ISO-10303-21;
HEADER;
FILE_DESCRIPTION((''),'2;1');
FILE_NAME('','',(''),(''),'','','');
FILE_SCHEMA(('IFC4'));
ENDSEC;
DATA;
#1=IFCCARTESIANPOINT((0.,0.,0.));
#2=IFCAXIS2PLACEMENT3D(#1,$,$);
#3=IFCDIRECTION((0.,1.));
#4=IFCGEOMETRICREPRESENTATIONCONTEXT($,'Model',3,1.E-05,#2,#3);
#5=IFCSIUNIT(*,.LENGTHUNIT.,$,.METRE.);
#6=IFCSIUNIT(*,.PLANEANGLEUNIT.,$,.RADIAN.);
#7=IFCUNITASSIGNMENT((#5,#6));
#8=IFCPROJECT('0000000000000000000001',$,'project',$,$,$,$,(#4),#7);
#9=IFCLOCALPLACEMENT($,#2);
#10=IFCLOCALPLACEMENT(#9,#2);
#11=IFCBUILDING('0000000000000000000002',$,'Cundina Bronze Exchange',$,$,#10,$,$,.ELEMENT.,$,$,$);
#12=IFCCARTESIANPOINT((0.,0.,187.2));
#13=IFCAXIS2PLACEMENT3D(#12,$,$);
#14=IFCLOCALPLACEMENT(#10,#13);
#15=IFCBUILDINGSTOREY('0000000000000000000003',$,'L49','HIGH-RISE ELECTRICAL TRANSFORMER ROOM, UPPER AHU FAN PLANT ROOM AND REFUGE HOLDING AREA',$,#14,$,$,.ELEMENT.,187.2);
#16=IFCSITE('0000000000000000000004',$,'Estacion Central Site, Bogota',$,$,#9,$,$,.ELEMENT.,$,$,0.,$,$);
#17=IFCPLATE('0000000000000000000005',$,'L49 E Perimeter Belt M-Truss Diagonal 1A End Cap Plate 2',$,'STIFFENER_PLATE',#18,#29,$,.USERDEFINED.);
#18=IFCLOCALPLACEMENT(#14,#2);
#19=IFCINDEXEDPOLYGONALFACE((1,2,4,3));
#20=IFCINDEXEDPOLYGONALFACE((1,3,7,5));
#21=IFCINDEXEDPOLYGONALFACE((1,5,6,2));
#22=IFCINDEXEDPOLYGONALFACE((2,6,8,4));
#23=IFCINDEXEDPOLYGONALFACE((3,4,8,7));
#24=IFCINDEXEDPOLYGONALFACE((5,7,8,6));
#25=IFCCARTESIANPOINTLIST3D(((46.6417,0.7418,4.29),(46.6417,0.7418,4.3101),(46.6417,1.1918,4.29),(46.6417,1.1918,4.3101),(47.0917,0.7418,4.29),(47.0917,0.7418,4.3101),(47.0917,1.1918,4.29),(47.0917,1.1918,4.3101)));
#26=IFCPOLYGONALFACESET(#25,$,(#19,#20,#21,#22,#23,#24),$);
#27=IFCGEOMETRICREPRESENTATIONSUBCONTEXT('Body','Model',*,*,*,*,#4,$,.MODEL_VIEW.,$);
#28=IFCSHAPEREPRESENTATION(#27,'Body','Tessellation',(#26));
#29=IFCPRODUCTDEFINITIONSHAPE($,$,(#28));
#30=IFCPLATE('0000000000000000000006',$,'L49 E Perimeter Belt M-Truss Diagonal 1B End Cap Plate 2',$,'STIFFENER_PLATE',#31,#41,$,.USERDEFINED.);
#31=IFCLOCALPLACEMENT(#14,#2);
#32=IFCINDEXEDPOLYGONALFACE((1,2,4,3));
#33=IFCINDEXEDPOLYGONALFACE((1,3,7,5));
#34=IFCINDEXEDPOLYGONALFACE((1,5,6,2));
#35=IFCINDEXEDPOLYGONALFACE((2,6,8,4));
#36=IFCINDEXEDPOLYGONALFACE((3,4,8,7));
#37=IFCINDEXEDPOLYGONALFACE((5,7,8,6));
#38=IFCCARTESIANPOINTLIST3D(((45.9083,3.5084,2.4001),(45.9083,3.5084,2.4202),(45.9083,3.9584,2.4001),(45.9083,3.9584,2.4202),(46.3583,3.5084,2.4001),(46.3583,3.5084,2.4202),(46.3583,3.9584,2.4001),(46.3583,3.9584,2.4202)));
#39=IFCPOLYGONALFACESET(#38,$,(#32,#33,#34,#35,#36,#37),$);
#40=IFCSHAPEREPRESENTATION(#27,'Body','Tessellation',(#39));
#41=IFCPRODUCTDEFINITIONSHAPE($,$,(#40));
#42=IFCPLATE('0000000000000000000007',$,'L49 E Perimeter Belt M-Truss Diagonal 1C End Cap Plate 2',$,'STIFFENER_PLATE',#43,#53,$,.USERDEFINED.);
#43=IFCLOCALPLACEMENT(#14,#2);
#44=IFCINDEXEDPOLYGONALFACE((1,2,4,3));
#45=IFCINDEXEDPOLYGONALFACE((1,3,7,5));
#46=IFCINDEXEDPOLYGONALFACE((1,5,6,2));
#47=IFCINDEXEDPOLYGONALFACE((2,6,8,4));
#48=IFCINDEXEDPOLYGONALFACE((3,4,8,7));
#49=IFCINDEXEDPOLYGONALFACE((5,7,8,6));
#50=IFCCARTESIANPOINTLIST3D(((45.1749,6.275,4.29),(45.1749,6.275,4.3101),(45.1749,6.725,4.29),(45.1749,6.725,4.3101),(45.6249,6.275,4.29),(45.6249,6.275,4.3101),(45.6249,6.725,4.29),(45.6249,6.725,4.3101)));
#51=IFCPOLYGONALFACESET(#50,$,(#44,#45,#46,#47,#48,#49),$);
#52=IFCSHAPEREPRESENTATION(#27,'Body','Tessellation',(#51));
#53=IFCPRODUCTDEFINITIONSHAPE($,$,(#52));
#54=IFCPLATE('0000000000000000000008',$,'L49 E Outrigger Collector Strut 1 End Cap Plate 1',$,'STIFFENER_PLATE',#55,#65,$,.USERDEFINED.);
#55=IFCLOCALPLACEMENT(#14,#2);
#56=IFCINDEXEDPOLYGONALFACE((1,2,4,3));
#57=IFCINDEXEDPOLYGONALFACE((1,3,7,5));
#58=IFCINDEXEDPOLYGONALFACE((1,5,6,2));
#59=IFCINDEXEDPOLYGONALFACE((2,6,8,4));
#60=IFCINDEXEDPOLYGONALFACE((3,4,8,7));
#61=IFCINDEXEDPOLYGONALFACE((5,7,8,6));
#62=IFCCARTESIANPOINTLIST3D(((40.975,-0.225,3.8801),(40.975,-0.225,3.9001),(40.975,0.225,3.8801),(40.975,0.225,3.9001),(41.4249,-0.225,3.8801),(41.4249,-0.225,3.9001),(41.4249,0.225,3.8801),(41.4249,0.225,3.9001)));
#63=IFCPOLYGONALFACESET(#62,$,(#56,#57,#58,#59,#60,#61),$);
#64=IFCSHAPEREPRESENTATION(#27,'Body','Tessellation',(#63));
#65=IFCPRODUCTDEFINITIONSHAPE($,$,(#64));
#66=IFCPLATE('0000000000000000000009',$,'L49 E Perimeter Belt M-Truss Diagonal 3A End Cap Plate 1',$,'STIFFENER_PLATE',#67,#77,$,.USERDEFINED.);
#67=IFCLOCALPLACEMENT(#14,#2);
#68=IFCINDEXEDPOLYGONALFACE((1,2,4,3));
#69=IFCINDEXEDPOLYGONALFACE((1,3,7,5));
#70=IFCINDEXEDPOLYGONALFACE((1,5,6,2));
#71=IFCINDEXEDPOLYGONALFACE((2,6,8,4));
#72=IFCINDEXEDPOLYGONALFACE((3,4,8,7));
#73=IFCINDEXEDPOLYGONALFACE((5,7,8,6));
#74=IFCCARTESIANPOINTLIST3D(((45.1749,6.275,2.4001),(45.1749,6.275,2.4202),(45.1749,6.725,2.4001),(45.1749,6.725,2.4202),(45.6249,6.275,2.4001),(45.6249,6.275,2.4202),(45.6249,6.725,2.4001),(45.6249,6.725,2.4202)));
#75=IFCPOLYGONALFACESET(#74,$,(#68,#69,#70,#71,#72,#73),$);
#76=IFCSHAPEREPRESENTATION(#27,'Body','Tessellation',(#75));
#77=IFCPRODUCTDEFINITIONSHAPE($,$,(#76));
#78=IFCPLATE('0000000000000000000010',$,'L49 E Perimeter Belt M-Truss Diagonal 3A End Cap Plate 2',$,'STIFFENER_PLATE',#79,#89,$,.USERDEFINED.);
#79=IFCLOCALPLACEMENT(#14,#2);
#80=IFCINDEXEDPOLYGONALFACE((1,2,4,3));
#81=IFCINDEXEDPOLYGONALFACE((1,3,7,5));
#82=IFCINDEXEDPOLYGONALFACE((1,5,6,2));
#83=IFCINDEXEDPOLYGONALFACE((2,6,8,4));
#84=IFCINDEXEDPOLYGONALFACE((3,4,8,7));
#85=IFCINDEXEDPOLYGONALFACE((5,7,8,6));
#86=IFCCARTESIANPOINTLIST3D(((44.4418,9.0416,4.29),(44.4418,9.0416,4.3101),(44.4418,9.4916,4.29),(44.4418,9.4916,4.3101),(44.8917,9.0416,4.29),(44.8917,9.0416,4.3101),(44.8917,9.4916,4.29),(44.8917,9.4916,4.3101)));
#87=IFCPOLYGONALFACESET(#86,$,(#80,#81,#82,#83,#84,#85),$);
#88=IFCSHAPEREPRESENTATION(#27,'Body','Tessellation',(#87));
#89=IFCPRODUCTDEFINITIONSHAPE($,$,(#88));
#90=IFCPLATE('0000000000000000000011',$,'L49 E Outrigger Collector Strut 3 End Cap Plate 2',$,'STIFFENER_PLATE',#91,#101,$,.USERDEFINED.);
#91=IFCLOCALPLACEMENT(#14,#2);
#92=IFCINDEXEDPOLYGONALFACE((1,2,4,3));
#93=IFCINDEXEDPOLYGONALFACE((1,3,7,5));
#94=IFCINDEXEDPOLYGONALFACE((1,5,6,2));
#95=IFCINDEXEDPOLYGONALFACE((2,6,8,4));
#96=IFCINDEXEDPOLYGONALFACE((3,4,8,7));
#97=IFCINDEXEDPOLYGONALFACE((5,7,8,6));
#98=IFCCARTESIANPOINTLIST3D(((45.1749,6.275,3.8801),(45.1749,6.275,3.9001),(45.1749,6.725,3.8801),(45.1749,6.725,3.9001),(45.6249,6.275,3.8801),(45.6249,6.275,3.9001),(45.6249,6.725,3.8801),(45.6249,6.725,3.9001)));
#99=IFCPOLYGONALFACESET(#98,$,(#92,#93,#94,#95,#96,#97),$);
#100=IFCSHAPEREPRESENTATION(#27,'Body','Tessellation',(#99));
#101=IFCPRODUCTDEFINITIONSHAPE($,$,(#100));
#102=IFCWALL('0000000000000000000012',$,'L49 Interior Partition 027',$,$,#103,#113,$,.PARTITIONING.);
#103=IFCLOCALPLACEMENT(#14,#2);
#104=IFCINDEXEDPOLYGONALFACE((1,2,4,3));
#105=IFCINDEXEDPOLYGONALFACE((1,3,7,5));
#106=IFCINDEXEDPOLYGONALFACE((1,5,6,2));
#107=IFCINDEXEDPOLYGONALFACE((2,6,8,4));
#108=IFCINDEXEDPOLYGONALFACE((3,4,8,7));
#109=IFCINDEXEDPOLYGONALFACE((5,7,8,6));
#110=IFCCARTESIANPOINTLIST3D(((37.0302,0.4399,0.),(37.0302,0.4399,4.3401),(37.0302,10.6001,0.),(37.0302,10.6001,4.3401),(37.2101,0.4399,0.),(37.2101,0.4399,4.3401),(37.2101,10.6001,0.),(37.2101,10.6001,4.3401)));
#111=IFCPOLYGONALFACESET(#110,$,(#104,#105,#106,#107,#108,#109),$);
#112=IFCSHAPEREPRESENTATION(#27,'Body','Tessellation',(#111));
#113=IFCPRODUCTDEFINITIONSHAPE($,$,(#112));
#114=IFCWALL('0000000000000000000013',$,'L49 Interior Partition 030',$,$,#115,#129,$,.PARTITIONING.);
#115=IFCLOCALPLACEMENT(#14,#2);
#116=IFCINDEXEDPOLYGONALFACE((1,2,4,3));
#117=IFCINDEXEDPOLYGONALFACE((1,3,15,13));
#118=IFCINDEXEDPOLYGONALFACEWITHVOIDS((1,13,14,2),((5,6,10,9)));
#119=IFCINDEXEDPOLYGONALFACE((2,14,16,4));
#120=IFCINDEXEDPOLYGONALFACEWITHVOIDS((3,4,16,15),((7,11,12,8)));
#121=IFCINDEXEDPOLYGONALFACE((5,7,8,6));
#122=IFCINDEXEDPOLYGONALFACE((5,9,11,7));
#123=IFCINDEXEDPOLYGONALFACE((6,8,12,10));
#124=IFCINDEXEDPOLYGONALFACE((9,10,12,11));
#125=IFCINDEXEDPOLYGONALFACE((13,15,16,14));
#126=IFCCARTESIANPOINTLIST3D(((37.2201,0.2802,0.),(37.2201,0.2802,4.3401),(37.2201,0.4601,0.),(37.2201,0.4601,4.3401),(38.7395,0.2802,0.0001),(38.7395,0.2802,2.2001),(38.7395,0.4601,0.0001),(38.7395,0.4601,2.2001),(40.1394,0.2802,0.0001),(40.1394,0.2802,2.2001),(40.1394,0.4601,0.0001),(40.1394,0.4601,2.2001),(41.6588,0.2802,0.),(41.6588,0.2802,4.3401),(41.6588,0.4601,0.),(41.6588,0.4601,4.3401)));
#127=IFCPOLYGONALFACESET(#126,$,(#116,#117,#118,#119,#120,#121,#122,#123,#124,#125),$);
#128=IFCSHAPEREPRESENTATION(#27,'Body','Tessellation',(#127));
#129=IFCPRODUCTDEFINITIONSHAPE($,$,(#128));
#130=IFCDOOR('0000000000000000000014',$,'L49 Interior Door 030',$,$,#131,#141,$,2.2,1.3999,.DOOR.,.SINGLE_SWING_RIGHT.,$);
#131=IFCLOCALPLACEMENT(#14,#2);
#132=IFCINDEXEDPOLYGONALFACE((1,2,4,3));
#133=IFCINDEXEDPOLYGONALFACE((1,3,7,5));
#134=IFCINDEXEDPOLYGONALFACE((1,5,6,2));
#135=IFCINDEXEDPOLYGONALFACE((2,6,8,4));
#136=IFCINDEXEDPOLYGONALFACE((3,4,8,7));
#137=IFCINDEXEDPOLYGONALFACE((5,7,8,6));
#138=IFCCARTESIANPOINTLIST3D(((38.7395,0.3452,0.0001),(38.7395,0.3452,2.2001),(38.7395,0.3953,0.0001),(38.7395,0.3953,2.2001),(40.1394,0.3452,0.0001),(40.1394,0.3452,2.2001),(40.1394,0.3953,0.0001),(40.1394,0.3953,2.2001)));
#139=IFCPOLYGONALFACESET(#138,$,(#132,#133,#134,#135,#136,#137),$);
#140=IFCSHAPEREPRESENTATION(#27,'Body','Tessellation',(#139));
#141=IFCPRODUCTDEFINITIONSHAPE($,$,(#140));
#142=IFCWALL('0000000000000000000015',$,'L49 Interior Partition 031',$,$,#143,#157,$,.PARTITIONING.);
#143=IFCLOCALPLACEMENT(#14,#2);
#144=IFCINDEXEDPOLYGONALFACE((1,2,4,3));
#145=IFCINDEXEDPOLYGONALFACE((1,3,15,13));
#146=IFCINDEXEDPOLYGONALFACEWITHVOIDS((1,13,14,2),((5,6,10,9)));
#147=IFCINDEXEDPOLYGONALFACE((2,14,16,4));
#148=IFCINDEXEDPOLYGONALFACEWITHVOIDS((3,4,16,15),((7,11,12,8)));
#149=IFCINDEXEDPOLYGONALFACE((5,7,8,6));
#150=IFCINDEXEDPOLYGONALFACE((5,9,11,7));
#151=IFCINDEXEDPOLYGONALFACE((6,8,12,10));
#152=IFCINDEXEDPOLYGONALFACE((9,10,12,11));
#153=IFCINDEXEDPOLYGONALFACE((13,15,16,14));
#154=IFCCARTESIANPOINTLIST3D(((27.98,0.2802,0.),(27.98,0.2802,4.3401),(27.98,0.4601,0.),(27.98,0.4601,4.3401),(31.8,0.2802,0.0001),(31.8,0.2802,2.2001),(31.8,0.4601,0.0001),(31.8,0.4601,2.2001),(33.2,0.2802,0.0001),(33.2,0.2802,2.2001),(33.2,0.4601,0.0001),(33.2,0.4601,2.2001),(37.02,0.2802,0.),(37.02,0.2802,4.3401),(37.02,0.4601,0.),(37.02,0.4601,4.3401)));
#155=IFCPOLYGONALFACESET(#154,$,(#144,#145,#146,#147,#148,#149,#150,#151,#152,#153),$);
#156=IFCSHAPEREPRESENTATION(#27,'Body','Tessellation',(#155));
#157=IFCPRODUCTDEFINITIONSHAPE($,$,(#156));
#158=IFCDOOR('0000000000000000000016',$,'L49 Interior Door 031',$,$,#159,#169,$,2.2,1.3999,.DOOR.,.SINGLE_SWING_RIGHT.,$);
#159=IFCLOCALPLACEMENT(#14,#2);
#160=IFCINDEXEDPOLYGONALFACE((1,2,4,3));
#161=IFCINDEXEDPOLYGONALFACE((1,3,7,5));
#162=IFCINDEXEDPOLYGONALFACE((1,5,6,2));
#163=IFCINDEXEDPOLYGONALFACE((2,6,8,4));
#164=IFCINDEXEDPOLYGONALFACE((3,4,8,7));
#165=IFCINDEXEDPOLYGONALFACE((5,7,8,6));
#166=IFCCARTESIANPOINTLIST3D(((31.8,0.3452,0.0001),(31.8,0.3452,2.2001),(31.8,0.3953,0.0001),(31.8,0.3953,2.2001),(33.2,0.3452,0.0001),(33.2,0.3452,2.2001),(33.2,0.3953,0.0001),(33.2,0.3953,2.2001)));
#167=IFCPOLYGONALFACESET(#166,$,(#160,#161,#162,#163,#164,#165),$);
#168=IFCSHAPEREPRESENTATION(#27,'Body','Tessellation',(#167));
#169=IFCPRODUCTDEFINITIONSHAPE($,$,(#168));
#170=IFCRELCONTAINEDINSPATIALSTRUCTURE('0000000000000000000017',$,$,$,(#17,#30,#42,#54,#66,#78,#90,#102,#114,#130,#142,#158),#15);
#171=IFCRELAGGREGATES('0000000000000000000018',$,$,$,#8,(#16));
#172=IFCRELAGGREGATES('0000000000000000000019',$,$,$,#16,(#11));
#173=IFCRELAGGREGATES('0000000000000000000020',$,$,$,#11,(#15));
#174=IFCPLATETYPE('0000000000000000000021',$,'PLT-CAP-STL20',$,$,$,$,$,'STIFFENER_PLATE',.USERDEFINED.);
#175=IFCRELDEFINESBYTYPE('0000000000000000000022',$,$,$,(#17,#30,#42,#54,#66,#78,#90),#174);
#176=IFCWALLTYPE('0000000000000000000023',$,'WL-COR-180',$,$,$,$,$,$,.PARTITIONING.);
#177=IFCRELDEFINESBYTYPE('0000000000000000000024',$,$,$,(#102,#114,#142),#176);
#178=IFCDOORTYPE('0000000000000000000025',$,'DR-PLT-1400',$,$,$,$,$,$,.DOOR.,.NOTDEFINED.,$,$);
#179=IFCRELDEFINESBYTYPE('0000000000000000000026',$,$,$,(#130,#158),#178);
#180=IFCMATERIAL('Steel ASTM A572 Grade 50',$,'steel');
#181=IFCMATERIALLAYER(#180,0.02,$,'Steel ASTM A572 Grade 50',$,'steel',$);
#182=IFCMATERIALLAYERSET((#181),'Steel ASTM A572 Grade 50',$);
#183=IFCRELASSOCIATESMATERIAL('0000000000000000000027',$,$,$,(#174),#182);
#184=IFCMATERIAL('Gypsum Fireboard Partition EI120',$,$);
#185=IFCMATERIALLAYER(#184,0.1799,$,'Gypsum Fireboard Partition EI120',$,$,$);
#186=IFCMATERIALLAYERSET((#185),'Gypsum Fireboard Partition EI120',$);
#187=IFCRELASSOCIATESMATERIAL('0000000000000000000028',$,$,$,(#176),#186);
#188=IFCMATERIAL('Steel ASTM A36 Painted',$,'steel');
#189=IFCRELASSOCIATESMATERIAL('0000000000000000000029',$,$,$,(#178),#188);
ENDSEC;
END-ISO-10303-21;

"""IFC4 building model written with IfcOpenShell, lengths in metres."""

from ifc_helpers import new_model, si_unit, direction, frame, frame_2d, origin, origin_2d, place, context, subcontext, project, spatial, rectangle, extrude, material, layer, layer_set, type_object, element, fill, save


model = new_model("IFC4")

# Units and contexts
model_context = context("Model", 3, precision=1e-05, world=origin(), true_north=direction((0.0, 1.0)))
body_context = subcontext(model_context, "Body", "Model", "MODEL_VIEW")
ifc_project = project(units=[si_unit("LENGTHUNIT", "METRE"), si_unit("PLANEANGLEUNIT", "RADIAN")], contexts=[model_context])

# Site, building, storey
site_placement = place(None, origin())
site = spatial("IfcSite", under=ifc_project, at=site_placement, Name="Estacion Central Site, Bogota", CompositionType="ELEMENT", RefElevation=0.0)
building_placement = place(site_placement, origin())
building = spatial("IfcBuilding", under=site, at=building_placement, Name="Cundina Bronze Exchange", CompositionType="ELEMENT")
storey_placement = place(building_placement, frame((0.0, 0.0, 187.2)))
storey = spatial("IfcBuildingStorey", under=building, at=storey_placement, Name="L49", Description="HIGH-RISE ELECTRICAL TRANSFORMER ROOM, UPPER AHU FAN PLANT ROOM AND REFUGE HOLDING AREA", CompositionType="ELEMENT", Elevation=187.2)

# Plates
ifc_material_1 = material(Name="Steel ASTM A572 Grade 50", Category="steel")
ifc_layer_1 = layer(ifc_material_1, 0.02, Name="Steel ASTM A572 Grade 50", Category="steel")
ifc_layer_set_1 = layer_set([ifc_layer_1], Name="Steel ASTM A572 Grade 50")
plate_type = type_object("IfcPlateType", Name="PLT-CAP-STL20", ElementType="STIFFENER_PLATE", PredefinedType="USERDEFINED", material=ifc_layer_set_1)
for number, where, z_axis, x_axis, name in (
    (1, (46.8667, 0.9668, 4.29), (0.0, 0.0, 1.0), (1.0, 0.0, 0.0), "L49 E Perimeter Belt M-Truss Diagonal 1A End Cap Plate 2"),
    (2, (46.1333, 3.7334, 2.4001), (0.0, 0.0, 1.0), (1.0, 0.0, 0.0), "L49 E Perimeter Belt M-Truss Diagonal 1B End Cap Plate 2"),
    (3, (45.3999, 6.5, 4.29), (0.0, 0.0, 1.0), (1.0, 0.0, 0.0), "L49 E Perimeter Belt M-Truss Diagonal 1C End Cap Plate 2"),
    (4, (41.2, 0.0, 3.8801), (0.0, 0.0, 1.0), (1.0, 0.0, 0.0), "L49 E Outrigger Collector Strut 1 End Cap Plate 1"),
    (5, (45.3999, 6.5, 2.4001), (0.0, 0.0, 1.0), (1.0, 0.0, 0.0), "L49 E Perimeter Belt M-Truss Diagonal 3A End Cap Plate 1"),
    (6, (44.6667, 9.2666, 4.29), (0.0, 0.0, 1.0), (1.0, 0.0, 0.0), "L49 E Perimeter Belt M-Truss Diagonal 3A End Cap Plate 2"),
    (7, (45.3999, 6.5, 3.8801), (0.0, 0.0, 1.0), (1.0, 0.0, 0.0), "L49 E Outrigger Collector Strut 3 End Cap Plate 2"),
):
    element("IfcPlate", number, at=place(storey_placement, frame(where, z_axis=z_axis, x_axis=x_axis)), inside=storey, type_object=plate_type, Name=name, ObjectType="STIFFENER_PLATE", PredefinedType="USERDEFINED", context=body_context, shape_type="SweptSolid", body=[
        extrude(rectangle(XDim=0.45, YDim=0.45, at=origin_2d()), origin(), (0.0, 0.0, 1.0), 0.02),
    ])

# Wall
ifc_material_2 = material(Name="Gypsum Fireboard Partition EI120")
ifc_layer_2 = layer(ifc_material_2, 0.1799, Name="Gypsum Fireboard Partition EI120")
ifc_layer_set_2 = layer_set([ifc_layer_2], Name="Gypsum Fireboard Partition EI120")
wall_type = type_object("IfcWallType", Name="WL-COR-180", PredefinedType="PARTITIONING", material=ifc_layer_set_2)
wall_1_placement = place(storey_placement, frame((37.1201, 0.4399, 0.0), z_axis=(0.0, 0.0, 1.0), x_axis=(0.0, 1.0, 0.0)))
element("IfcWall", 8, at=wall_1_placement, inside=storey, type_object=wall_type, Name="L49 Interior Partition 027", PredefinedType="PARTITIONING", context=body_context, shape_type="SweptSolid", body=[
    extrude(rectangle(XDim=10.1602, YDim=0.1799, at=frame_2d((5.0801, 0.0))), origin(), (0.0, 0.0, 1.0), 4.3401),
])

# Walls, openings, doors
wall_2_placement = place(storey_placement, frame((41.6587, 0.3701, 0.0), z_axis=(0.0, 0.0, 1.0), x_axis=(-1.0, 0.0, 0.0)))
wall_2 = element("IfcWall", 9, at=wall_2_placement, inside=storey, type_object=wall_type, Name="L49 Interior Partition 030", PredefinedType="PARTITIONING", context=body_context, shape_type="SweptSolid", body=[
    extrude(rectangle(XDim=4.4387, YDim=0.1799, at=frame_2d((2.2192, 0.0))), origin(), (0.0, 0.0, 1.0), 4.3401),
])
opening_1_placement = place(wall_2_placement, frame((1.5193, 0.0, 0.0)))
opening_1 = element("IfcOpeningElement", 10, at=opening_1_placement, cuts=wall_2, PredefinedType="OPENING", context=body_context, shape_type="SweptSolid", body=[
    extrude(rectangle(XDim=1.3999, YDim=2.2, at=frame_2d((0.7, 1.1001))), frame((0.0, 0.0999, 0.0), z_axis=(0.0, -1.0, 0.0), x_axis=(1.0, 0.0, 0.0)), (0.0, 0.0, 1.0), 0.2),
])
ifc_material_3 = material(Name="Steel ASTM A36 Painted", Category="steel")
door_type = type_object("IfcDoorType", Name="DR-PLT-1400", OperationType="NOTDEFINED", PredefinedType="DOOR", material=ifc_material_3)
door_1_placement = place(opening_1_placement, origin())
door_1 = element("IfcDoor", 11, at=door_1_placement, inside=storey, type_object=door_type, Name="L49 Interior Door 030", OperationType="SINGLE_SWING_RIGHT", OverallHeight=2.2, OverallWidth=1.3999, PredefinedType="DOOR", context=body_context, shape_type="SweptSolid", body=[
    extrude(rectangle(XDim=1.3999, YDim=2.2, at=frame_2d((0.7, 1.1001))), frame((0.0, 0.0249, 0.0), z_axis=(0.0, -1.0, 0.0), x_axis=(1.0, 0.0, 0.0)), (0.0, 0.0, 1.0), 0.05),
])
fill(opening_1, door_1)
wall_3_placement = place(storey_placement, frame((37.02, 0.3701, 0.0), z_axis=(0.0, 0.0, 1.0), x_axis=(-1.0, 0.0, 0.0)))
wall_3 = element("IfcWall", 12, at=wall_3_placement, inside=storey, type_object=wall_type, Name="L49 Interior Partition 031", PredefinedType="PARTITIONING", context=body_context, shape_type="SweptSolid", body=[
    extrude(rectangle(XDim=9.04, YDim=0.1799, at=frame_2d((4.52, 0.0))), origin(), (0.0, 0.0, 1.0), 4.3401),
])
opening_2_placement = place(wall_3_placement, frame((3.8201, 0.0, 0.0)))
opening_2 = element("IfcOpeningElement", 13, at=opening_2_placement, cuts=wall_3, PredefinedType="OPENING", context=body_context, shape_type="SweptSolid", body=[
    extrude(rectangle(XDim=1.3999, YDim=2.2, at=frame_2d((0.7, 1.1001))), frame((0.0, 0.0999, 0.0), z_axis=(0.0, -1.0, 0.0), x_axis=(1.0, 0.0, 0.0)), (0.0, 0.0, 1.0), 0.2),
])
door_2_placement = place(opening_2_placement, origin())
door_2 = element("IfcDoor", 14, at=door_2_placement, inside=storey, type_object=door_type, Name="L49 Interior Door 031", OperationType="SINGLE_SWING_RIGHT", OverallHeight=2.2, OverallWidth=1.3999, PredefinedType="DOOR", context=body_context, shape_type="SweptSolid", body=[
    extrude(rectangle(XDim=1.3999, YDim=2.2, at=frame_2d((0.7, 1.1001))), frame((0.0, 0.0249, 0.0), z_axis=(0.0, -1.0, 0.0), x_axis=(1.0, 0.0, 0.0)), (0.0, 0.0, 1.0), 0.05),
])
fill(opening_2, door_2)

save(model, "model.ifc")
